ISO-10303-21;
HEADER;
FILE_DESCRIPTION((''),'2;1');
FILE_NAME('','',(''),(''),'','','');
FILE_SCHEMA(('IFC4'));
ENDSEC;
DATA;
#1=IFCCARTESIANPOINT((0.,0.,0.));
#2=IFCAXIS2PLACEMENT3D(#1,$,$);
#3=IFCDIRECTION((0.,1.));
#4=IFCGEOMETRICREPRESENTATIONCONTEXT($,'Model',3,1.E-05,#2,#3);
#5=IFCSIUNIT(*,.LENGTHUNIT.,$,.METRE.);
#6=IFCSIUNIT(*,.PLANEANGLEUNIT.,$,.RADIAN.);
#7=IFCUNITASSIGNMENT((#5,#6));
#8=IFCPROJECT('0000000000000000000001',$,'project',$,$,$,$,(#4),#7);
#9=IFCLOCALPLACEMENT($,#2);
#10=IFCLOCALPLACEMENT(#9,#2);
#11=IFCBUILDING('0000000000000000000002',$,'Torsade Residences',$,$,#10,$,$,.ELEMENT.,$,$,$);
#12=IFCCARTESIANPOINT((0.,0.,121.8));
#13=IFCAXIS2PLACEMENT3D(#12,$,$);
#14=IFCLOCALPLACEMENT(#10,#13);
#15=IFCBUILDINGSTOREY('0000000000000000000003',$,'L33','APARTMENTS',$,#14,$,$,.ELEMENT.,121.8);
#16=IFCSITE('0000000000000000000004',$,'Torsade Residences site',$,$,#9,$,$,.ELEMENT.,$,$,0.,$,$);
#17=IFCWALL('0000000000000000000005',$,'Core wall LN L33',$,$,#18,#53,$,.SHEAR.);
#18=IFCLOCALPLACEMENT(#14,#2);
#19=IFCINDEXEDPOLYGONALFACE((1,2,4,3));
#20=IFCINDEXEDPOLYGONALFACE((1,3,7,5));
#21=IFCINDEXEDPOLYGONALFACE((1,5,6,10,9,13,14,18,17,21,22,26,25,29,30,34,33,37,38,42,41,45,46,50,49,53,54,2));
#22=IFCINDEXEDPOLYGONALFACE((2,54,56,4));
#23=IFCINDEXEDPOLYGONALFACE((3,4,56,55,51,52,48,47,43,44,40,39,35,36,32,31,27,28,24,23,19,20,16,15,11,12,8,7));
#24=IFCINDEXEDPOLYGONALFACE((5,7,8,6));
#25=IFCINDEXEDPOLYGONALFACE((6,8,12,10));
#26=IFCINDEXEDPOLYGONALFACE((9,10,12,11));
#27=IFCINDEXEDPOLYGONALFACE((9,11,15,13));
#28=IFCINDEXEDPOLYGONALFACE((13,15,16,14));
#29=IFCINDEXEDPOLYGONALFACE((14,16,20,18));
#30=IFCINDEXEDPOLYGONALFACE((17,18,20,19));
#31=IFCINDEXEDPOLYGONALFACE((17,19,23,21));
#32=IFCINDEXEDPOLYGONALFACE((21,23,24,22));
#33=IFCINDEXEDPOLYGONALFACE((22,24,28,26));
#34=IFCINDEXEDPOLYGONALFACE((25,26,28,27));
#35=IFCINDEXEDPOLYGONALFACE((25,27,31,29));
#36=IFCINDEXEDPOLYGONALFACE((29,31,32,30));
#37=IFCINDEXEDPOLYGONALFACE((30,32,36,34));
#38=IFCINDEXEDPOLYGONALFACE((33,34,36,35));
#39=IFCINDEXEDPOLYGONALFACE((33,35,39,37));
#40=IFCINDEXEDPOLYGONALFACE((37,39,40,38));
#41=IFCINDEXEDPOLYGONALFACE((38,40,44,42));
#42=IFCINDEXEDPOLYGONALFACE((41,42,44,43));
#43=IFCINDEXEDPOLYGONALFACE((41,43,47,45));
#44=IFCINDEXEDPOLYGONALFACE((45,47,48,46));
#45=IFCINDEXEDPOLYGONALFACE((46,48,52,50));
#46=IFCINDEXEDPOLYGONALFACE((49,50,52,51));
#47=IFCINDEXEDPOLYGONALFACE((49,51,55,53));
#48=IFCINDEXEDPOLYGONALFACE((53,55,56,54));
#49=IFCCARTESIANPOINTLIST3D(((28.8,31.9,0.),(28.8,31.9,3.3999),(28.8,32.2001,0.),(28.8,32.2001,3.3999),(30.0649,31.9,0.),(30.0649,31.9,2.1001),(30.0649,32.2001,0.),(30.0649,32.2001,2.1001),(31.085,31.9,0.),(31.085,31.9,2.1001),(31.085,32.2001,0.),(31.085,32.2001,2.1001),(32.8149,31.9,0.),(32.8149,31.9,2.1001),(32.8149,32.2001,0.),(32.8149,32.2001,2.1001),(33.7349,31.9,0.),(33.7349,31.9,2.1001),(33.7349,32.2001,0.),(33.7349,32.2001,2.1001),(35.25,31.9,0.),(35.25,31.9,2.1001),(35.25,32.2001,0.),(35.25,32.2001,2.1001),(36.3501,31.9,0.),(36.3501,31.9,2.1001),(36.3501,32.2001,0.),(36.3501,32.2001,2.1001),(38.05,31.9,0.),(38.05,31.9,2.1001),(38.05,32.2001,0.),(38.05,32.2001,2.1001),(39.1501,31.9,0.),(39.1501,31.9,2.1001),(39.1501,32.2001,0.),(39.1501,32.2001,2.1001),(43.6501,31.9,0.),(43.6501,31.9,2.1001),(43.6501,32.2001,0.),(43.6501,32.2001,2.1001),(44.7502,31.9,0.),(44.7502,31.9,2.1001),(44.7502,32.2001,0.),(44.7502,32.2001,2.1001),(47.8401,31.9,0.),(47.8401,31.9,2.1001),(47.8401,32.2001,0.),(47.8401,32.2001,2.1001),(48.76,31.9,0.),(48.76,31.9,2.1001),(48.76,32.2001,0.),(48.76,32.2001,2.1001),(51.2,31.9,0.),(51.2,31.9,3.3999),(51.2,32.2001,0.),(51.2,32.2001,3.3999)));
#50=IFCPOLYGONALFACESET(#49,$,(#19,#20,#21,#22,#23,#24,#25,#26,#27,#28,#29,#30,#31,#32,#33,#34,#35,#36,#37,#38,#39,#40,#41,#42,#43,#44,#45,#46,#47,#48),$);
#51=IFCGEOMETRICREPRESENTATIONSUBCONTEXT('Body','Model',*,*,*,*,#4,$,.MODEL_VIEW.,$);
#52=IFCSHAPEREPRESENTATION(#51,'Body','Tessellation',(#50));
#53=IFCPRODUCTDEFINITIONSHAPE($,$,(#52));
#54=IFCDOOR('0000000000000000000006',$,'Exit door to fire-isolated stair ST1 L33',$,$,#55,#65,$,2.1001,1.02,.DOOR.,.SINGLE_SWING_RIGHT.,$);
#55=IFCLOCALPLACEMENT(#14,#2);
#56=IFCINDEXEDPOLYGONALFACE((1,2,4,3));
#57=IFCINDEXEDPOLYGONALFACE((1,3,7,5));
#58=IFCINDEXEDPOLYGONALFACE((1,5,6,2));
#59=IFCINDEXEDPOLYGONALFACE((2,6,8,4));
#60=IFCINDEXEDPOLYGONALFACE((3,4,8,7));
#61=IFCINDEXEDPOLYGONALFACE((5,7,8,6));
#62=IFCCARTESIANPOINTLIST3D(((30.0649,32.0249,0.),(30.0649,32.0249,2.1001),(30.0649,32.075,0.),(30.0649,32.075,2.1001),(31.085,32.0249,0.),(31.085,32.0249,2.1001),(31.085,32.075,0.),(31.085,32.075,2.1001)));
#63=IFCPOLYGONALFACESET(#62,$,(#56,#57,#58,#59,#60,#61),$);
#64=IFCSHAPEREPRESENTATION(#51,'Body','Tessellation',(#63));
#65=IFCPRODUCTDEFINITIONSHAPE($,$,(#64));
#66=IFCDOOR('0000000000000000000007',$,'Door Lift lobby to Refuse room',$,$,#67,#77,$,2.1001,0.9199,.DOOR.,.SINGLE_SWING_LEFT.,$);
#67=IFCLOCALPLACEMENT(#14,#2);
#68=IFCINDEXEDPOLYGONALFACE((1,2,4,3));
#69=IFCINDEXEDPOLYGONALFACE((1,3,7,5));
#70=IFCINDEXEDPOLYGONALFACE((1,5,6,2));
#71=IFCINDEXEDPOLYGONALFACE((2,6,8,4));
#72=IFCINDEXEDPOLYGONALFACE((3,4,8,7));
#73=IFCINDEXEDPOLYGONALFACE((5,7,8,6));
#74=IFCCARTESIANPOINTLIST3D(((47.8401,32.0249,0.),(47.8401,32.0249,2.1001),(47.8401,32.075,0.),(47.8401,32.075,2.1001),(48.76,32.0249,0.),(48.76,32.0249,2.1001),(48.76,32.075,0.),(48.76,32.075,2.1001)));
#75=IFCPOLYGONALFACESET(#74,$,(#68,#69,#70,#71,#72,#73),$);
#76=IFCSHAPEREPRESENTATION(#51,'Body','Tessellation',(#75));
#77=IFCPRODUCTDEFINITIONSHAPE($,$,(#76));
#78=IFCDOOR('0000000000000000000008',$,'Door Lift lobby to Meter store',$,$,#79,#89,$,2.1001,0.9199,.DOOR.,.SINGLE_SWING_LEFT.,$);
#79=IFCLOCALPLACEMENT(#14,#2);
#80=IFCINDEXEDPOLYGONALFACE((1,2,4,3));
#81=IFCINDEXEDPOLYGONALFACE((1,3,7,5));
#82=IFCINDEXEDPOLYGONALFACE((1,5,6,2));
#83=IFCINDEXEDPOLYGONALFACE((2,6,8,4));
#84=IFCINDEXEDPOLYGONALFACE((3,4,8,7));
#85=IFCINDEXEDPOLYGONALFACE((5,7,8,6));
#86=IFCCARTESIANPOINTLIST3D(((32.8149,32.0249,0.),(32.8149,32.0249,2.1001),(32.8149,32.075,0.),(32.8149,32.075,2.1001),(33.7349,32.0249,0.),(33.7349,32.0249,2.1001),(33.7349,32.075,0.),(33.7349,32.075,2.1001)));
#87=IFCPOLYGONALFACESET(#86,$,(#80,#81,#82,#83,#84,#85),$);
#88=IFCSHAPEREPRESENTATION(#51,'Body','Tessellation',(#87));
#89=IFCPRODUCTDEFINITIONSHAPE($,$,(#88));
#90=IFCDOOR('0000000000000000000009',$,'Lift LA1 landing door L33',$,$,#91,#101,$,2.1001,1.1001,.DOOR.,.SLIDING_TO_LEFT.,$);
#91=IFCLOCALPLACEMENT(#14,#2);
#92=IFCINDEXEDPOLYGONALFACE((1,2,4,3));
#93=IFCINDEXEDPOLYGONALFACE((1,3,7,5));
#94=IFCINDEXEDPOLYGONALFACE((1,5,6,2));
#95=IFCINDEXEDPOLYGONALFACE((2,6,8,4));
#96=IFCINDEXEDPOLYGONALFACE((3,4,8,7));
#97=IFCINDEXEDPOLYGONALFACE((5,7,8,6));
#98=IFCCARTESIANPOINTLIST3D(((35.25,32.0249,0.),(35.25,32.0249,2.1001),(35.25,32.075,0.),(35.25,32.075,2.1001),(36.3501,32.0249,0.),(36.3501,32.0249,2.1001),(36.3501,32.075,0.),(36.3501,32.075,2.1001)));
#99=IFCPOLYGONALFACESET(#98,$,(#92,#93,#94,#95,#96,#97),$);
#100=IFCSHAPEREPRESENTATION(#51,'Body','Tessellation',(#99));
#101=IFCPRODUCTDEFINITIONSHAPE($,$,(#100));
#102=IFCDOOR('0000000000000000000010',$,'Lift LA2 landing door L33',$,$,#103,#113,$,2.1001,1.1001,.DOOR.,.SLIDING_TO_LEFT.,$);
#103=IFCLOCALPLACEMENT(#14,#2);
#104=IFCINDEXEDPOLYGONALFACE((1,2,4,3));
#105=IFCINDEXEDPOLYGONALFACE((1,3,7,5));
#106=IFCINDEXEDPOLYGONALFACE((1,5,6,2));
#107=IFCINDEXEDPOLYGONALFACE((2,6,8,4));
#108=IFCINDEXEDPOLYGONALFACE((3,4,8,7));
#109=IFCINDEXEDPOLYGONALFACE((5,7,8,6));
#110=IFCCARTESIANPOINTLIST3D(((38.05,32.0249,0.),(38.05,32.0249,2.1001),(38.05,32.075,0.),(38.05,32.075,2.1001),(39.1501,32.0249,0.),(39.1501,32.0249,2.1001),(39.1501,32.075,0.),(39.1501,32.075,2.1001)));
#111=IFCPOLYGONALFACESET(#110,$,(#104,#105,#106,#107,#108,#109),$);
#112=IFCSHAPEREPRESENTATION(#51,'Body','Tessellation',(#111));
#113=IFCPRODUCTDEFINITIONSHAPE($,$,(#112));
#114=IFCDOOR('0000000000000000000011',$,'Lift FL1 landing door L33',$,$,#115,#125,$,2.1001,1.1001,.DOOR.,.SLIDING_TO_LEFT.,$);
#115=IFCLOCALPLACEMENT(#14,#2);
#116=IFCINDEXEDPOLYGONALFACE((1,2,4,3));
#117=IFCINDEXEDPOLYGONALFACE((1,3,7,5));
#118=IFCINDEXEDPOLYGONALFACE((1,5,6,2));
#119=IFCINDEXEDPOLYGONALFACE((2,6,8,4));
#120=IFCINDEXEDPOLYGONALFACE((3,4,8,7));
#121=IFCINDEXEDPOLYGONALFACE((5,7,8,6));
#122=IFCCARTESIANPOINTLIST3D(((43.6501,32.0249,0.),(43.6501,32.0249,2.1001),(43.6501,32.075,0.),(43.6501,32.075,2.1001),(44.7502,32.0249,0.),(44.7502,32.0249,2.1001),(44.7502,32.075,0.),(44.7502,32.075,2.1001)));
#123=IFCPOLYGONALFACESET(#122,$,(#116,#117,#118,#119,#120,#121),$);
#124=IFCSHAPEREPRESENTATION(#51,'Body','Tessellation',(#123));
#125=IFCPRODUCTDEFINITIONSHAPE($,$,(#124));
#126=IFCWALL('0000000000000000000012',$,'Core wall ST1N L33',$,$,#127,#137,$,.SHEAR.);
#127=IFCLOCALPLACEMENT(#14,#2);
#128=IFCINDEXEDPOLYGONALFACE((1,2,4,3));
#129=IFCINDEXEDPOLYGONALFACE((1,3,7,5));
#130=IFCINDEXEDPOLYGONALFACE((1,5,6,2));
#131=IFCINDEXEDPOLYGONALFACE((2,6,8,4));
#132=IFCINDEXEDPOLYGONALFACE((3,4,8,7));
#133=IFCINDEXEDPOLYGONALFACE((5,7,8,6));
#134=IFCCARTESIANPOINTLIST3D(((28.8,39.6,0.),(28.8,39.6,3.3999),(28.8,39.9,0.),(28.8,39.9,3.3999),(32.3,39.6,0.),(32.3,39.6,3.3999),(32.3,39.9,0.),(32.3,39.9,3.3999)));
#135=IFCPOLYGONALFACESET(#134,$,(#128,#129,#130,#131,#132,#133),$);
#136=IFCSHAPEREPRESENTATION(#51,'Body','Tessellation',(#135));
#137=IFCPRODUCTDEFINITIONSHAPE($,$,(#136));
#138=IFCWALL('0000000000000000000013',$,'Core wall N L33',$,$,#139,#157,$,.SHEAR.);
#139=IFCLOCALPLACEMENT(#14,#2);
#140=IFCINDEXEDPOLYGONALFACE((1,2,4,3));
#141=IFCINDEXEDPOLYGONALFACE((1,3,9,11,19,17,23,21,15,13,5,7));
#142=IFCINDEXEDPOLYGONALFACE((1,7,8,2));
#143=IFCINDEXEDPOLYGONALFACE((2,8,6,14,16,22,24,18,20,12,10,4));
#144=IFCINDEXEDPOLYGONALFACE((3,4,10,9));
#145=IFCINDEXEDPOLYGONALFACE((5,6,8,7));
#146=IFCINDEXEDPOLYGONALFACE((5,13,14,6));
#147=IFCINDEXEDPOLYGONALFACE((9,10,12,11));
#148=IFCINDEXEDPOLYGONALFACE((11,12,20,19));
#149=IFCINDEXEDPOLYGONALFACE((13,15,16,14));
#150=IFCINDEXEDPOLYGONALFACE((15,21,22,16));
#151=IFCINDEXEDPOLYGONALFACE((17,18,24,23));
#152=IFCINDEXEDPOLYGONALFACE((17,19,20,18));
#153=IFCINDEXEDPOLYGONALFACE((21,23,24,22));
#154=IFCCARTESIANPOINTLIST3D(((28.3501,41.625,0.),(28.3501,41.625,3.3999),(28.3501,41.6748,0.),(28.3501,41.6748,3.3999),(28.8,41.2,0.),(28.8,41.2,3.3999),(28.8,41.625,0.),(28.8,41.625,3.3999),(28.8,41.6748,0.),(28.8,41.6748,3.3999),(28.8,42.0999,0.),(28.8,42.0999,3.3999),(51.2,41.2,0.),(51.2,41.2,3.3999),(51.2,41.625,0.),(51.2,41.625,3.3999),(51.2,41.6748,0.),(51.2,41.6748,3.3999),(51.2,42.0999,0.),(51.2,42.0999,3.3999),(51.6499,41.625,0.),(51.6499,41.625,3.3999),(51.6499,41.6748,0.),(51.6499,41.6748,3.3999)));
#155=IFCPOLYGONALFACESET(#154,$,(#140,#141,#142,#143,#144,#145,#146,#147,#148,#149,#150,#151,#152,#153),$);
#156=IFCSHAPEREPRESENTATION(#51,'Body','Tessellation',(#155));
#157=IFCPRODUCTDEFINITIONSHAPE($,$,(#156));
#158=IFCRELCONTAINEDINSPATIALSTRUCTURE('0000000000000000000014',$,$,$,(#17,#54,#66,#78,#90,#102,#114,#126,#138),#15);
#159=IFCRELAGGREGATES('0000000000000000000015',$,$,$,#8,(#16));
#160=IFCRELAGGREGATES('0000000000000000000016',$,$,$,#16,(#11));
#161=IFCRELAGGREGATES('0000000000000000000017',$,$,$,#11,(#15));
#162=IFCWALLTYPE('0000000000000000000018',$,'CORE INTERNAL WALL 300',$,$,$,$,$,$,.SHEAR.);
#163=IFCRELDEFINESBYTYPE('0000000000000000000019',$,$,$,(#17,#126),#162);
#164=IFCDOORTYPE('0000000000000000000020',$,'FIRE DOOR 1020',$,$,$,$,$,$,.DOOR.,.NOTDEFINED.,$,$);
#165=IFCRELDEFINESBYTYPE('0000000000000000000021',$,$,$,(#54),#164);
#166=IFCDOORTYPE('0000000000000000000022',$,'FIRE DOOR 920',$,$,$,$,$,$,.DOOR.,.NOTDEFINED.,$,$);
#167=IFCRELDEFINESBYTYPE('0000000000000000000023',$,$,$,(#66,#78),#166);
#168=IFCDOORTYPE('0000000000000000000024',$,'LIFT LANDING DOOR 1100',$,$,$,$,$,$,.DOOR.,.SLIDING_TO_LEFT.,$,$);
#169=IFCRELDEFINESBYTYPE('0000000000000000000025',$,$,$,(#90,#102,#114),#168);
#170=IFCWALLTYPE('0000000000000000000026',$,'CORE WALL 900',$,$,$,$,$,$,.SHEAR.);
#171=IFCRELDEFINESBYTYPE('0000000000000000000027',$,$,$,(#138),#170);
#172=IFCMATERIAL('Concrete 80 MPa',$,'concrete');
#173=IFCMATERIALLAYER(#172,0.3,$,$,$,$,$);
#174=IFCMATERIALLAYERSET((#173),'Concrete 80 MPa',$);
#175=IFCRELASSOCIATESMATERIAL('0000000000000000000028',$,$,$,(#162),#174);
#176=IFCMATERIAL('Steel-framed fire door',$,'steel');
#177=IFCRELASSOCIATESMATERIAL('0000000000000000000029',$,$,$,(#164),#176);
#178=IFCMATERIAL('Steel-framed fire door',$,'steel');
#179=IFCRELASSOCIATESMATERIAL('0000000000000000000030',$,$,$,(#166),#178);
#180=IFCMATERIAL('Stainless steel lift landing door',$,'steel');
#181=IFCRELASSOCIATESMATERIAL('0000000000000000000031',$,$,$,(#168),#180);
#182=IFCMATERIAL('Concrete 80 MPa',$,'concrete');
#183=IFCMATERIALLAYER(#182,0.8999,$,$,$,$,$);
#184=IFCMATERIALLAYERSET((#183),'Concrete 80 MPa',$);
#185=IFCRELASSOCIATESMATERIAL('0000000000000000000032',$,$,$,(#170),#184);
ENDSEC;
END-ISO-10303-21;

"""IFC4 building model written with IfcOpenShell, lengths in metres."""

from ifc_helpers import new_model, si_unit, direction, frame, frame_2d, origin, place, context, subcontext, project, spatial, polyline, rectangle, outline, extrude, material, layer, layer_set, type_object, element, fill, save


model = new_model("IFC4")

# Units and contexts
model_context = context("Model", 3, precision=1e-05, world=origin(), true_north=direction((0.0, 1.0)))
body_context = subcontext(model_context, "Body", "Model", "MODEL_VIEW")
ifc_project = project(units=[si_unit("LENGTHUNIT", "METRE"), si_unit("PLANEANGLEUNIT", "RADIAN")], contexts=[model_context])

# Site, building, storey
site_placement = place(None, origin())
site = spatial("IfcSite", under=ifc_project, at=site_placement, Name="Torsade Residences site", CompositionType="ELEMENT", RefElevation=0.0)
building_placement = place(site_placement, origin())
building = spatial("IfcBuilding", under=site, at=building_placement, Name="Torsade Residences", CompositionType="ELEMENT")
storey_placement = place(building_placement, frame((0.0, 0.0, 121.8)))
storey = spatial("IfcBuildingStorey", under=building, at=storey_placement, Name="L33", Description="APARTMENTS", CompositionType="ELEMENT", Elevation=121.8)

# Wall, openings, doors
ifc_material_1 = material(Name="Concrete 80 MPa", Category="concrete")
ifc_layer_1 = layer(ifc_material_1, 0.3)
ifc_layer_set_1 = layer_set([ifc_layer_1], Name="Concrete 80 MPa")
wall_type_1 = type_object("IfcWallType", Name="CORE INTERNAL WALL 300", PredefinedType="SHEAR", material=ifc_layer_set_1)
wall_1_placement = place(storey_placement, frame((28.8, 32.05, 0.0), z_axis=(0.0, 0.0, 1.0), x_axis=(1.0, 0.0, 0.0)))
wall_1 = element("IfcWall", 1, at=wall_1_placement, inside=storey, type_object=wall_type_1, Name="Core wall LN L33", PredefinedType="SHEAR", context=body_context, shape_type="SweptSolid", body=[
    extrude(rectangle(XDim=22.3999, YDim=0.3, at=frame_2d((11.2, 0.0))), origin(), (0.0, 0.0, 1.0), 3.3999),
])
opening_1_placement = place(wall_1_placement, frame((19.04, 0.0, 0.0)))
opening_1 = element("IfcOpeningElement", 2, at=opening_1_placement, cuts=wall_1, PredefinedType="OPENING", context=body_context, shape_type="SweptSolid", body=[
    extrude(rectangle(XDim=0.9199, YDim=2.1001, at=frame_2d((0.46, 1.05))), frame((0.0, 0.1599, 0.0), z_axis=(0.0, -1.0, 0.0), x_axis=(1.0, 0.0, 0.0)), (0.0, 0.0, 1.0), 0.3201),
])
opening_2_placement = place(wall_1_placement, frame((1.2649, 0.0, 0.0)))
opening_2 = element("IfcOpeningElement", 3, at=opening_2_placement, cuts=wall_1, PredefinedType="OPENING", context=body_context, shape_type="SweptSolid", body=[
    extrude(rectangle(XDim=1.02, YDim=2.1001, at=frame_2d((0.51, 1.05))), frame((0.0, 0.1599, 0.0), z_axis=(0.0, -1.0, 0.0), x_axis=(1.0, 0.0, 0.0)), (0.0, 0.0, 1.0), 0.3201),
])
opening_3_placement = place(wall_1_placement, frame((4.0149, 0.0, 0.0)))
opening_3 = element("IfcOpeningElement", 4, at=opening_3_placement, cuts=wall_1, PredefinedType="OPENING", context=body_context, shape_type="SweptSolid", body=[
    extrude(rectangle(XDim=0.9199, YDim=2.1001, at=frame_2d((0.46, 1.05))), frame((0.0, 0.1599, 0.0), z_axis=(0.0, -1.0, 0.0), x_axis=(1.0, 0.0, 0.0)), (0.0, 0.0, 1.0), 0.3201),
])
opening_4_placement = place(wall_1_placement, frame((6.45, 0.0, 0.0)))
opening_4 = element("IfcOpeningElement", 5, at=opening_4_placement, cuts=wall_1, PredefinedType="OPENING", context=body_context, shape_type="SweptSolid", body=[
    extrude(rectangle(XDim=1.1001, YDim=2.1001, at=frame_2d((0.55, 1.05))), frame((0.0, 0.1599, 0.0), z_axis=(0.0, -1.0, 0.0), x_axis=(1.0, 0.0, 0.0)), (0.0, 0.0, 1.0), 0.3201),
])
opening_5_placement = place(wall_1_placement, frame((9.25, 0.0, 0.0)))
opening_5 = element("IfcOpeningElement", 6, at=opening_5_placement, cuts=wall_1, PredefinedType="OPENING", context=body_context, shape_type="SweptSolid", body=[
    extrude(rectangle(XDim=1.1001, YDim=2.1001, at=frame_2d((0.55, 1.05))), frame((0.0, 0.1599, 0.0), z_axis=(0.0, -1.0, 0.0), x_axis=(1.0, 0.0, 0.0)), (0.0, 0.0, 1.0), 0.3201),
])
opening_6_placement = place(wall_1_placement, frame((14.8501, 0.0, 0.0)))
opening_6 = element("IfcOpeningElement", 7, at=opening_6_placement, cuts=wall_1, PredefinedType="OPENING", context=body_context, shape_type="SweptSolid", body=[
    extrude(rectangle(XDim=1.1001, YDim=2.1001, at=frame_2d((0.55, 1.05))), frame((0.0, 0.1599, 0.0), z_axis=(0.0, -1.0, 0.0), x_axis=(1.0, 0.0, 0.0)), (0.0, 0.0, 1.0), 0.3201),
])
ifc_material_2 = material(Name="Steel-framed fire door", Category="steel")
door_type_1 = type_object("IfcDoorType", Name="FIRE DOOR 1020", OperationType="NOTDEFINED", PredefinedType="DOOR", material=ifc_material_2)
door_1_placement = place(opening_2_placement, origin())
door_1 = element("IfcDoor", 8, at=door_1_placement, inside=storey, type_object=door_type_1, Name="Exit door to fire-isolated stair ST1 L33", OperationType="SINGLE_SWING_RIGHT", OverallHeight=2.1001, OverallWidth=1.02, PredefinedType="DOOR", context=body_context, shape_type="SweptSolid", body=[
    extrude(rectangle(XDim=1.02, YDim=2.1001, at=frame_2d((0.51, 1.05))), frame((0.0, 0.0249, 0.0), z_axis=(0.0, -1.0, 0.0), x_axis=(1.0, 0.0, 0.0)), (0.0, 0.0, 1.0), 0.05),
])
fill(opening_2, door_1)
ifc_material_3 = material(Name="Steel-framed fire door", Category="steel")
door_type_2 = type_object("IfcDoorType", Name="FIRE DOOR 920", OperationType="NOTDEFINED", PredefinedType="DOOR", material=ifc_material_3)
door_2_placement = place(opening_1_placement, origin())
door_2 = element("IfcDoor", 9, at=door_2_placement, inside=storey, type_object=door_type_2, Name="Door Lift lobby to Refuse room", OperationType="SINGLE_SWING_LEFT", OverallHeight=2.1001, OverallWidth=0.9199, PredefinedType="DOOR", context=body_context, shape_type="SweptSolid", body=[
    extrude(rectangle(XDim=0.9199, YDim=2.1001, at=frame_2d((0.46, 1.05))), frame((0.0, 0.0249, 0.0), z_axis=(0.0, -1.0, 0.0), x_axis=(1.0, 0.0, 0.0)), (0.0, 0.0, 1.0), 0.05),
])
fill(opening_1, door_2)
door_3_placement = place(opening_3_placement, origin())
door_3 = element("IfcDoor", 10, at=door_3_placement, inside=storey, type_object=door_type_2, Name="Door Lift lobby to Meter store", OperationType="SINGLE_SWING_LEFT", OverallHeight=2.1001, OverallWidth=0.9199, PredefinedType="DOOR", context=body_context, shape_type="SweptSolid", body=[
    extrude(rectangle(XDim=0.9199, YDim=2.1001, at=frame_2d((0.46, 1.05))), frame((0.0, 0.0249, 0.0), z_axis=(0.0, -1.0, 0.0), x_axis=(1.0, 0.0, 0.0)), (0.0, 0.0, 1.0), 0.05),
])
fill(opening_3, door_3)
ifc_material_4 = material(Name="Stainless steel lift landing door", Category="steel")
door_type_3 = type_object("IfcDoorType", Name="LIFT LANDING DOOR 1100", OperationType="SLIDING_TO_LEFT", PredefinedType="DOOR", material=ifc_material_4)
door_4_placement = place(opening_4_placement, origin())
door_4 = element("IfcDoor", 11, at=door_4_placement, inside=storey, type_object=door_type_3, Name="Lift LA1 landing door L33", OperationType="SLIDING_TO_LEFT", OverallHeight=2.1001, OverallWidth=1.1001, PredefinedType="DOOR", context=body_context, shape_type="SweptSolid", body=[
    extrude(rectangle(XDim=1.1001, YDim=2.1001, at=frame_2d((0.55, 1.05))), frame((0.0, 0.0249, 0.0), z_axis=(0.0, -1.0, 0.0), x_axis=(1.0, 0.0, 0.0)), (0.0, 0.0, 1.0), 0.05),
])
fill(opening_4, door_4)
door_5_placement = place(opening_5_placement, origin())
door_5 = element("IfcDoor", 12, at=door_5_placement, inside=storey, type_object=door_type_3, Name="Lift LA2 landing door L33", OperationType="SLIDING_TO_LEFT", OverallHeight=2.1001, OverallWidth=1.1001, PredefinedType="DOOR", context=body_context, shape_type="SweptSolid", body=[
    extrude(rectangle(XDim=1.1001, YDim=2.1001, at=frame_2d((0.55, 1.05))), frame((0.0, 0.0249, 0.0), z_axis=(0.0, -1.0, 0.0), x_axis=(1.0, 0.0, 0.0)), (0.0, 0.0, 1.0), 0.05),
])
fill(opening_5, door_5)
door_6_placement = place(opening_6_placement, origin())
door_6 = element("IfcDoor", 13, at=door_6_placement, inside=storey, type_object=door_type_3, Name="Lift FL1 landing door L33", OperationType="SLIDING_TO_LEFT", OverallHeight=2.1001, OverallWidth=1.1001, PredefinedType="DOOR", context=body_context, shape_type="SweptSolid", body=[
    extrude(rectangle(XDim=1.1001, YDim=2.1001, at=frame_2d((0.55, 1.05))), frame((0.0, 0.0249, 0.0), z_axis=(0.0, -1.0, 0.0), x_axis=(1.0, 0.0, 0.0)), (0.0, 0.0, 1.0), 0.05),
])
fill(opening_6, door_6)

# Walls
wall_2_placement = place(storey_placement, frame((28.8, 39.75, 0.0), z_axis=(0.0, 0.0, 1.0), x_axis=(1.0, 0.0, 0.0)))
element("IfcWall", 14, at=wall_2_placement, inside=storey, type_object=wall_type_1, Name="Core wall ST1N L33", PredefinedType="SHEAR", context=body_context, shape_type="SweptSolid", body=[
    extrude(rectangle(XDim=3.5, YDim=0.3, at=frame_2d((1.75, 0.0))), origin(), (0.0, 0.0, 1.0), 3.3999),
])
ifc_material_5 = material(Name="Concrete 80 MPa", Category="concrete")
ifc_layer_2 = layer(ifc_material_5, 0.8999)
ifc_layer_set_2 = layer_set([ifc_layer_2], Name="Concrete 80 MPa")
wall_type_2 = type_object("IfcWallType", Name="CORE WALL 900", PredefinedType="SHEAR", material=ifc_layer_set_2)
wall_3_placement = place(storey_placement, frame((28.8, 41.6499, 0.0), z_axis=(0.0, 0.0, 1.0), x_axis=(1.0, 0.0, 0.0)))
element("IfcWall", 15, at=wall_3_placement, inside=storey, type_object=wall_type_2, Name="Core wall N L33", PredefinedType="SHEAR", context=body_context, shape_type="SweptSolid", body=[
    extrude(outline(polyline([(0.0, -0.45), (22.3999, -0.45), (22.3999, -0.0249), (22.8499, -0.0249), (22.8499, 0.0249), (22.3999, 0.0249), (22.3999, 0.45), (0.0, 0.45), (0.0, 0.0249), (-0.45, 0.0249), (-0.45, -0.0249), (0.0, -0.0249), (0.0, -0.45)])), origin(), (0.0, 0.0, 1.0), 3.3999),
])

save(model, "model.ifc")
